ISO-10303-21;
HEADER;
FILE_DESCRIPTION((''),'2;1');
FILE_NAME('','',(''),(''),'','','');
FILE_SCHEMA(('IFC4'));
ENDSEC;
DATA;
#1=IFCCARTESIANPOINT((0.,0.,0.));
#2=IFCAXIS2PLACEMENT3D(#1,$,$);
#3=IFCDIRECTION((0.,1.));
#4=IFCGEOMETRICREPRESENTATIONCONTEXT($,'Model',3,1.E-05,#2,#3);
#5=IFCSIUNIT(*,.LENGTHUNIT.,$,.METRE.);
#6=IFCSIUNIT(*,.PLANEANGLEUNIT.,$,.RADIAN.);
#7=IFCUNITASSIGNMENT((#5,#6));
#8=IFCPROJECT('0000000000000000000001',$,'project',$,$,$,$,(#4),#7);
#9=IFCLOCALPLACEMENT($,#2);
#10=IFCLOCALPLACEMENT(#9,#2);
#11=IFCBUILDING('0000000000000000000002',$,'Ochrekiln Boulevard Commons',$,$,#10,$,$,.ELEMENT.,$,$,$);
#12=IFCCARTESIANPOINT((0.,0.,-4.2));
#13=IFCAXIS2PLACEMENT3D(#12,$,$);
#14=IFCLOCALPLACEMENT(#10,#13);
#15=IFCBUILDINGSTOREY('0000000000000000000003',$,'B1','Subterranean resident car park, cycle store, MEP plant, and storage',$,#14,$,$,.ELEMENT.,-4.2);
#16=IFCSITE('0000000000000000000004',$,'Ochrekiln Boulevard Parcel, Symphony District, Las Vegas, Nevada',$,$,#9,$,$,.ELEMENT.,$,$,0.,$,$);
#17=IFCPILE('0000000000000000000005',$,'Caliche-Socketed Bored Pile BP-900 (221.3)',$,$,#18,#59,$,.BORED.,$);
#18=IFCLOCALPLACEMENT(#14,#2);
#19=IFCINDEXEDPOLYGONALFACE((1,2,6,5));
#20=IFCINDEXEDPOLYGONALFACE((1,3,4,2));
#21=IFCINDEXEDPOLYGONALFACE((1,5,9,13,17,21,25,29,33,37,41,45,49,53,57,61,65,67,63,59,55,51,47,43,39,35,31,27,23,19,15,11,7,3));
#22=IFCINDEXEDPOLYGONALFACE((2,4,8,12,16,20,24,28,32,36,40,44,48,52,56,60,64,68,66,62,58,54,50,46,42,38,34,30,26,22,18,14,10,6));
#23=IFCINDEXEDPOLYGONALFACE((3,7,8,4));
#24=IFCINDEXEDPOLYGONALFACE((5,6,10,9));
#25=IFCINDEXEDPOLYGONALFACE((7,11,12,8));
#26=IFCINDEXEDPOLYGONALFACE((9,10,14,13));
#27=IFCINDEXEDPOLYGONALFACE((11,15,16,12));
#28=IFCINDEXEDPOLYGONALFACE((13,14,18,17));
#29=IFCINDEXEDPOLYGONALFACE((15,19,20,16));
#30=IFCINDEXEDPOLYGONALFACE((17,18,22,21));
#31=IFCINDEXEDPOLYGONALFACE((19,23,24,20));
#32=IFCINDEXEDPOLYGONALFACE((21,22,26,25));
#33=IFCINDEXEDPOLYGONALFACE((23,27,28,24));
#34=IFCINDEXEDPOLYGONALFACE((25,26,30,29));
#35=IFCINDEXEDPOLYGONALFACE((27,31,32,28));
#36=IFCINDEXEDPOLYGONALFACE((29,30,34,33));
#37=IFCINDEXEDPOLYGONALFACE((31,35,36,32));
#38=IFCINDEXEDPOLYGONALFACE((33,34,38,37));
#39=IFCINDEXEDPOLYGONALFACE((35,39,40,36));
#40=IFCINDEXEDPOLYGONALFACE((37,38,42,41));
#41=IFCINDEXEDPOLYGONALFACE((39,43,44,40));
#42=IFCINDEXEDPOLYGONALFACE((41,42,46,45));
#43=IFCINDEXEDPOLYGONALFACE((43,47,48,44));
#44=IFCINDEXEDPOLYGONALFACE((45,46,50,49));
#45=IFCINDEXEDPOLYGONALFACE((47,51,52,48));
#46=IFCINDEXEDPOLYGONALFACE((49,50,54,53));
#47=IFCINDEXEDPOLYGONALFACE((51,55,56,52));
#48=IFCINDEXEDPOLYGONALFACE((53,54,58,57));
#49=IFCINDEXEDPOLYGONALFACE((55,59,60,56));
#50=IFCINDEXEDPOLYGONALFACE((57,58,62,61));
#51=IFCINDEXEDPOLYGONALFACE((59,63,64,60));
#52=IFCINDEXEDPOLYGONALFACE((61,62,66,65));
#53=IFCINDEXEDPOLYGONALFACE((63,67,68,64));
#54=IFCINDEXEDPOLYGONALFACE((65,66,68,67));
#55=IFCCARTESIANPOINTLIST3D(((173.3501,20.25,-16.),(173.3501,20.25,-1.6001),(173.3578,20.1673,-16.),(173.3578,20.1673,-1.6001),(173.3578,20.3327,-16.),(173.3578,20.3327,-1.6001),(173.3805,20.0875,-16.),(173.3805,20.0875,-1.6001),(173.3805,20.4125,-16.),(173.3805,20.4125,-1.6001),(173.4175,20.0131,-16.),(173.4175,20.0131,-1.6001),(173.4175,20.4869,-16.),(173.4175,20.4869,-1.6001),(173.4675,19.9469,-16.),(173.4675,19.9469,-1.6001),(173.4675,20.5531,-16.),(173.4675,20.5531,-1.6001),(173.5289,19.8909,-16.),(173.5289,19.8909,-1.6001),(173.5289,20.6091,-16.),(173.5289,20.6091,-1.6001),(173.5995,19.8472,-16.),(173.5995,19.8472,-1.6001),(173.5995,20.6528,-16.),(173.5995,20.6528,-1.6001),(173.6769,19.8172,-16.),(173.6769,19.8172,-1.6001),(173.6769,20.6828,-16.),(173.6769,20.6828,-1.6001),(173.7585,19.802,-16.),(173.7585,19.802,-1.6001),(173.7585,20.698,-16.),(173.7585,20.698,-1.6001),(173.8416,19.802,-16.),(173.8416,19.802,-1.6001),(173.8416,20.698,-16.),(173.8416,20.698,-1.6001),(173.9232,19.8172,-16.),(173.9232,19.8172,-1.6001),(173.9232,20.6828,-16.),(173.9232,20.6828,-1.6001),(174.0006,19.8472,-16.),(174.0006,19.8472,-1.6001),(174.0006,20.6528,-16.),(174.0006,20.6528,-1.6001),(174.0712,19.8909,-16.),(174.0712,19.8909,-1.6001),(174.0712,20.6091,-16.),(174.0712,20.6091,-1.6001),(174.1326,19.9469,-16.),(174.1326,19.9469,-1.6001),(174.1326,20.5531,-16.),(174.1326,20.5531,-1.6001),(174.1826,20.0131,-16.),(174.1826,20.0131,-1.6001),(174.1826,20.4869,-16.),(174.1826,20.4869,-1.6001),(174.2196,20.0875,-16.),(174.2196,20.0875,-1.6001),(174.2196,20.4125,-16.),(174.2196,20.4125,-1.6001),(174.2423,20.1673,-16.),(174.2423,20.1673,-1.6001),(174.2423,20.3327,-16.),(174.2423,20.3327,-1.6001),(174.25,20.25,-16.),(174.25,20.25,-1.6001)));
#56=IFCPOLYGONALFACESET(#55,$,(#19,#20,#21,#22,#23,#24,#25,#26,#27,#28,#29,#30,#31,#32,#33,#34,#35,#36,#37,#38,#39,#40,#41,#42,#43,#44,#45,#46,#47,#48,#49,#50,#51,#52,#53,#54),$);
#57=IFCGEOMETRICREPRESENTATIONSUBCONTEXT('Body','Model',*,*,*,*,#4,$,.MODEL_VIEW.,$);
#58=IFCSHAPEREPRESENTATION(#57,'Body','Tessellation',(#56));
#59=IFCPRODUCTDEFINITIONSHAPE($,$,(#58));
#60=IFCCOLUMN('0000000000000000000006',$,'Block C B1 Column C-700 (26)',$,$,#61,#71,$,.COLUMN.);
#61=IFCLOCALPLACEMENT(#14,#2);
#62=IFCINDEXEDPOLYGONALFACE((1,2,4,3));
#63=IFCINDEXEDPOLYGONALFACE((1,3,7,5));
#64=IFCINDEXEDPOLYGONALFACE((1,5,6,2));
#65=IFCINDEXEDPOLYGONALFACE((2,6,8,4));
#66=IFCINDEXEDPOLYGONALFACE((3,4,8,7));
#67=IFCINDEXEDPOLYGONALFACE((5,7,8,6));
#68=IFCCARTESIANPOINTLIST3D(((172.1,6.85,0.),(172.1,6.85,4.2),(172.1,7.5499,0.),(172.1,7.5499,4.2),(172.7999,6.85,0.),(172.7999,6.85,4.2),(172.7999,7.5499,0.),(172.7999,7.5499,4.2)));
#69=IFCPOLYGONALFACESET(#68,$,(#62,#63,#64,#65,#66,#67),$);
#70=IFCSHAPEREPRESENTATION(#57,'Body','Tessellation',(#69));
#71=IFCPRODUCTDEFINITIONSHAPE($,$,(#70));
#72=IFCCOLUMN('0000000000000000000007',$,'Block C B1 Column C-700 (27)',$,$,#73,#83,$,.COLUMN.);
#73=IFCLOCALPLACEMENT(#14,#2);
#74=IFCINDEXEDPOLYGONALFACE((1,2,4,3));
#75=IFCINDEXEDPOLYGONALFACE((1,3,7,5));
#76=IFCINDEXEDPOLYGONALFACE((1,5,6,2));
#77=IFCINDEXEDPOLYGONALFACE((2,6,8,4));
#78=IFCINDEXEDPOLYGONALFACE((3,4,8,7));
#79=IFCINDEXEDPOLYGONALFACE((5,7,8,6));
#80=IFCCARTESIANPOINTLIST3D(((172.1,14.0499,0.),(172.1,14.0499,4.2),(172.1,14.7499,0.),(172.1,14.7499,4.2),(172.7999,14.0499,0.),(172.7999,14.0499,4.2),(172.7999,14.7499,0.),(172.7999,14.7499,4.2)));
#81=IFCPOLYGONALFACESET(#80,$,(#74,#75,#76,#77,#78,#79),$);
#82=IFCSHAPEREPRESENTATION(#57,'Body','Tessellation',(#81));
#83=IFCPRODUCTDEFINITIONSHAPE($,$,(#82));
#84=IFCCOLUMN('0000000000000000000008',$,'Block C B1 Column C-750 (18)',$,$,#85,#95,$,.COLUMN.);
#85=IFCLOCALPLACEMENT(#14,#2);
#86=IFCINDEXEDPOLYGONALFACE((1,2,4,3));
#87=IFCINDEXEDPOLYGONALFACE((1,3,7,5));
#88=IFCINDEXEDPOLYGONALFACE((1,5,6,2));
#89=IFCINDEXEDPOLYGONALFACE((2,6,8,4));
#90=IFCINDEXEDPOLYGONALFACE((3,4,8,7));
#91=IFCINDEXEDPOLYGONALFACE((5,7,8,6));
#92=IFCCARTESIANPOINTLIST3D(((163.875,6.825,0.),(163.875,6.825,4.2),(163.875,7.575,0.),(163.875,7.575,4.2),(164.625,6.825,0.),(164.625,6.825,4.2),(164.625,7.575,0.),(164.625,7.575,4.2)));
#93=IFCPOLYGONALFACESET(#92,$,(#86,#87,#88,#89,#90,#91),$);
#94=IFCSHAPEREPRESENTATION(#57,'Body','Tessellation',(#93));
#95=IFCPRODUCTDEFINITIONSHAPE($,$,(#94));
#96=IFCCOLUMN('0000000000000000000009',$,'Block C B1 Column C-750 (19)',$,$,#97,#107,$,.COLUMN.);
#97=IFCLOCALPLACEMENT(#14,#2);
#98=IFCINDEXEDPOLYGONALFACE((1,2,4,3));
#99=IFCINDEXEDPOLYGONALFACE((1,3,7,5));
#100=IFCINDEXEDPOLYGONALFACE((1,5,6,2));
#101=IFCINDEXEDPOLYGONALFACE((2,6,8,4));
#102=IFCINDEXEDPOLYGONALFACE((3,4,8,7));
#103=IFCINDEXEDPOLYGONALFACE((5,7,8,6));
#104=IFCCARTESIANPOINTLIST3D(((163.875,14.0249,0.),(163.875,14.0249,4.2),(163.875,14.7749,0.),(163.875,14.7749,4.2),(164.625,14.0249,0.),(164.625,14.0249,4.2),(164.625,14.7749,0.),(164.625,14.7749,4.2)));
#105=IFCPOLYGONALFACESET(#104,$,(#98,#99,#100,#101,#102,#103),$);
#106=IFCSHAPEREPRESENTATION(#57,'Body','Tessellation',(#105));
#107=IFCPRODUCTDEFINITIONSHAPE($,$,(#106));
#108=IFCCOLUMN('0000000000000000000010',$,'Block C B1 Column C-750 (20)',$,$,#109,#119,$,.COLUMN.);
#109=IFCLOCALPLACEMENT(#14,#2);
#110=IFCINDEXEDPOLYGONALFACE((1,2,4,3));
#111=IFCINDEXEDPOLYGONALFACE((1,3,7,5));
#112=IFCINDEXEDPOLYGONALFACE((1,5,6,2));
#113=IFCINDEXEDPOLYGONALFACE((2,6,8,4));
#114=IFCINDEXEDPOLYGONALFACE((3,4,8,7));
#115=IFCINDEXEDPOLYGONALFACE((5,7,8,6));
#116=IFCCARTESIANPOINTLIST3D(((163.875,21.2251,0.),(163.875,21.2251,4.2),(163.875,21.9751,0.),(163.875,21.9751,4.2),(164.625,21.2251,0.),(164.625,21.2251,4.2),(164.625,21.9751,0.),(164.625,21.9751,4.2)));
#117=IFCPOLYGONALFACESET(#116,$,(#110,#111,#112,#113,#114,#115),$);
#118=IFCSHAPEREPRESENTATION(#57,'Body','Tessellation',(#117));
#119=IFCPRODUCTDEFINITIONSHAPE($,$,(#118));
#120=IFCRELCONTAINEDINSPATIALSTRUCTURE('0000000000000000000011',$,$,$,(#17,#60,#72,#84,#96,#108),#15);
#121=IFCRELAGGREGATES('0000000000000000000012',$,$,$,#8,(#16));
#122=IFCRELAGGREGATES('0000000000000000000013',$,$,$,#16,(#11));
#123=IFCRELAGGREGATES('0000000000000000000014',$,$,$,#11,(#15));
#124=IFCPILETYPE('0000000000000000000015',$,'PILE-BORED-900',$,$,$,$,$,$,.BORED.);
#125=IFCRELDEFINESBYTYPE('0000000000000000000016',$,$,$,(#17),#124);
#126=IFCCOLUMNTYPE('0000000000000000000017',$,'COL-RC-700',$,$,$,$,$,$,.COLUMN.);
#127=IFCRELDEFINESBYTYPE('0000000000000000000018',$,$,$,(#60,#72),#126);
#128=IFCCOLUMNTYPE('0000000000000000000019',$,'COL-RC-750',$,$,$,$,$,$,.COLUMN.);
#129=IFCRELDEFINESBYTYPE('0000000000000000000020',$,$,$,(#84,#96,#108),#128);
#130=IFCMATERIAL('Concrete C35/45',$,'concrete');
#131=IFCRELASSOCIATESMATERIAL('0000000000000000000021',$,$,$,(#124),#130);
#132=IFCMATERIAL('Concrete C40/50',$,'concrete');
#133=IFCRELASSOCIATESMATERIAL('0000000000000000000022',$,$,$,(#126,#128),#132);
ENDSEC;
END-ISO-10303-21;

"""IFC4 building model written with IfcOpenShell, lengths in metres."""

from ifc_helpers import new_model, si_unit, direction, frame, origin, origin_2d, place, context, subcontext, project, spatial, rectangle, circle, extrude, material, material_profile, profile_set, type_object, element, save


model = new_model("IFC4")

# Units and contexts
model_context = context("Model", 3, precision=1e-05, world=origin(), true_north=direction((0.0, 1.0)))
body_context = subcontext(model_context, "Body", "Model", "MODEL_VIEW")
ifc_project = project(units=[si_unit("LENGTHUNIT", "METRE"), si_unit("PLANEANGLEUNIT", "RADIAN")], contexts=[model_context])

# Site, building, storey
site_placement = place(None, origin())
site = spatial("IfcSite", under=ifc_project, at=site_placement, Name="Ochrekiln Boulevard Parcel, Symphony District, Las Vegas, Nevada", CompositionType="ELEMENT", RefElevation=0.0)
building_placement = place(site_placement, origin())
building = spatial("IfcBuilding", under=site, at=building_placement, Name="Ochrekiln Boulevard Commons", CompositionType="ELEMENT")
storey_placement = place(building_placement, frame((0.0, 0.0, -4.2)))
storey = spatial("IfcBuildingStorey", under=building, at=storey_placement, Name="B1", Description="Subterranean resident car park, cycle store, MEP plant, and storage", CompositionType="ELEMENT", Elevation=-4.2)

# Shared definitions
ifc_material_1 = material(Name="Concrete C35/45", Category="concrete")

# Pile
ifc_material_profile_1 = material_profile(ifc_material_1, circle(Radius=0.45, at=origin_2d()), Name="PILE-D900")
ifc_profile_set_1 = profile_set([ifc_material_profile_1], Name="Concrete C35/45")
pile_type = type_object("IfcPileType", Name="PILE-BORED-900", PredefinedType="BORED", material=ifc_profile_set_1)
for number, where, z_axis, x_axis, name in (
    (1, (173.8, 20.25, -1.6001), (0.0, 0.0, -1.0), (1.0, 0.0, 0.0), "Caliche-Socketed Bored Pile BP-900 (221.3)"),
):
    element("IfcPile", number, at=place(storey_placement, frame(where, z_axis=z_axis, x_axis=x_axis)), inside=storey, type_object=pile_type, Name=name, PredefinedType="BORED", context=body_context, shape_type="SweptSolid", body=[
        extrude(circle(Radius=0.45, at=origin_2d()), origin(), (0.0, 0.0, 1.0), 14.3999),
    ])

# Columns
ifc_material_2 = material(Name="Concrete C40/50", Category="concrete")
ifc_material_profile_2 = material_profile(ifc_material_2, rectangle(XDim=0.7, YDim=0.7, at=origin_2d()), Name="RC-COL-700x700")
ifc_profile_set_2 = profile_set([ifc_material_profile_2], Name="Concrete C40/50")
column_type_1 = type_object("IfcColumnType", Name="COL-RC-700", PredefinedType="COLUMN", material=ifc_profile_set_2)
for number, where, z_axis, x_axis, name in (
    (2, (172.45, 7.2, 0.0), (0.0, 0.0, 1.0), (1.0, 0.0, 0.0), "Block C B1 Column C-700 (26)"),
    (3, (172.45, 14.3999, 0.0), (0.0, 0.0, 1.0), (1.0, 0.0, 0.0), "Block C B1 Column C-700 (27)"),
):
    element("IfcColumn", number, at=place(storey_placement, frame(where, z_axis=z_axis, x_axis=x_axis)), inside=storey, type_object=column_type_1, Name=name, PredefinedType="COLUMN", context=body_context, shape_type="SweptSolid", body=[
        extrude(rectangle(XDim=0.7, YDim=0.7, at=origin_2d()), origin(), (0.0, 0.0, 1.0), 4.2),
    ])
ifc_material_profile_3 = material_profile(ifc_material_2, rectangle(XDim=0.75, YDim=0.75, at=origin_2d()), Name="RC-COL-750x750")
ifc_profile_set_3 = profile_set([ifc_material_profile_3], Name="Concrete C40/50")
column_type_2 = type_object("IfcColumnType", Name="COL-RC-750", PredefinedType="COLUMN", material=ifc_profile_set_3)
for number, where, z_axis, x_axis, name in (
    (4, (164.25, 7.2, 0.0), (0.0, 0.0, 1.0), (1.0, 0.0, 0.0), "Block C B1 Column C-750 (18)"),
    (5, (164.25, 14.3999, 0.0), (0.0, 0.0, 1.0), (1.0, 0.0, 0.0), "Block C B1 Column C-750 (19)"),
    (6, (164.25, 21.6001, 0.0), (0.0, 0.0, 1.0), (1.0, 0.0, 0.0), "Block C B1 Column C-750 (20)"),
):
    element("IfcColumn", number, at=place(storey_placement, frame(where, z_axis=z_axis, x_axis=x_axis)), inside=storey, type_object=column_type_2, Name=name, PredefinedType="COLUMN", context=body_context, shape_type="SweptSolid", body=[
        extrude(rectangle(XDim=0.75, YDim=0.75, at=origin_2d()), origin(), (0.0, 0.0, 1.0), 4.2),
    ])

save(model, "model.ifc")
